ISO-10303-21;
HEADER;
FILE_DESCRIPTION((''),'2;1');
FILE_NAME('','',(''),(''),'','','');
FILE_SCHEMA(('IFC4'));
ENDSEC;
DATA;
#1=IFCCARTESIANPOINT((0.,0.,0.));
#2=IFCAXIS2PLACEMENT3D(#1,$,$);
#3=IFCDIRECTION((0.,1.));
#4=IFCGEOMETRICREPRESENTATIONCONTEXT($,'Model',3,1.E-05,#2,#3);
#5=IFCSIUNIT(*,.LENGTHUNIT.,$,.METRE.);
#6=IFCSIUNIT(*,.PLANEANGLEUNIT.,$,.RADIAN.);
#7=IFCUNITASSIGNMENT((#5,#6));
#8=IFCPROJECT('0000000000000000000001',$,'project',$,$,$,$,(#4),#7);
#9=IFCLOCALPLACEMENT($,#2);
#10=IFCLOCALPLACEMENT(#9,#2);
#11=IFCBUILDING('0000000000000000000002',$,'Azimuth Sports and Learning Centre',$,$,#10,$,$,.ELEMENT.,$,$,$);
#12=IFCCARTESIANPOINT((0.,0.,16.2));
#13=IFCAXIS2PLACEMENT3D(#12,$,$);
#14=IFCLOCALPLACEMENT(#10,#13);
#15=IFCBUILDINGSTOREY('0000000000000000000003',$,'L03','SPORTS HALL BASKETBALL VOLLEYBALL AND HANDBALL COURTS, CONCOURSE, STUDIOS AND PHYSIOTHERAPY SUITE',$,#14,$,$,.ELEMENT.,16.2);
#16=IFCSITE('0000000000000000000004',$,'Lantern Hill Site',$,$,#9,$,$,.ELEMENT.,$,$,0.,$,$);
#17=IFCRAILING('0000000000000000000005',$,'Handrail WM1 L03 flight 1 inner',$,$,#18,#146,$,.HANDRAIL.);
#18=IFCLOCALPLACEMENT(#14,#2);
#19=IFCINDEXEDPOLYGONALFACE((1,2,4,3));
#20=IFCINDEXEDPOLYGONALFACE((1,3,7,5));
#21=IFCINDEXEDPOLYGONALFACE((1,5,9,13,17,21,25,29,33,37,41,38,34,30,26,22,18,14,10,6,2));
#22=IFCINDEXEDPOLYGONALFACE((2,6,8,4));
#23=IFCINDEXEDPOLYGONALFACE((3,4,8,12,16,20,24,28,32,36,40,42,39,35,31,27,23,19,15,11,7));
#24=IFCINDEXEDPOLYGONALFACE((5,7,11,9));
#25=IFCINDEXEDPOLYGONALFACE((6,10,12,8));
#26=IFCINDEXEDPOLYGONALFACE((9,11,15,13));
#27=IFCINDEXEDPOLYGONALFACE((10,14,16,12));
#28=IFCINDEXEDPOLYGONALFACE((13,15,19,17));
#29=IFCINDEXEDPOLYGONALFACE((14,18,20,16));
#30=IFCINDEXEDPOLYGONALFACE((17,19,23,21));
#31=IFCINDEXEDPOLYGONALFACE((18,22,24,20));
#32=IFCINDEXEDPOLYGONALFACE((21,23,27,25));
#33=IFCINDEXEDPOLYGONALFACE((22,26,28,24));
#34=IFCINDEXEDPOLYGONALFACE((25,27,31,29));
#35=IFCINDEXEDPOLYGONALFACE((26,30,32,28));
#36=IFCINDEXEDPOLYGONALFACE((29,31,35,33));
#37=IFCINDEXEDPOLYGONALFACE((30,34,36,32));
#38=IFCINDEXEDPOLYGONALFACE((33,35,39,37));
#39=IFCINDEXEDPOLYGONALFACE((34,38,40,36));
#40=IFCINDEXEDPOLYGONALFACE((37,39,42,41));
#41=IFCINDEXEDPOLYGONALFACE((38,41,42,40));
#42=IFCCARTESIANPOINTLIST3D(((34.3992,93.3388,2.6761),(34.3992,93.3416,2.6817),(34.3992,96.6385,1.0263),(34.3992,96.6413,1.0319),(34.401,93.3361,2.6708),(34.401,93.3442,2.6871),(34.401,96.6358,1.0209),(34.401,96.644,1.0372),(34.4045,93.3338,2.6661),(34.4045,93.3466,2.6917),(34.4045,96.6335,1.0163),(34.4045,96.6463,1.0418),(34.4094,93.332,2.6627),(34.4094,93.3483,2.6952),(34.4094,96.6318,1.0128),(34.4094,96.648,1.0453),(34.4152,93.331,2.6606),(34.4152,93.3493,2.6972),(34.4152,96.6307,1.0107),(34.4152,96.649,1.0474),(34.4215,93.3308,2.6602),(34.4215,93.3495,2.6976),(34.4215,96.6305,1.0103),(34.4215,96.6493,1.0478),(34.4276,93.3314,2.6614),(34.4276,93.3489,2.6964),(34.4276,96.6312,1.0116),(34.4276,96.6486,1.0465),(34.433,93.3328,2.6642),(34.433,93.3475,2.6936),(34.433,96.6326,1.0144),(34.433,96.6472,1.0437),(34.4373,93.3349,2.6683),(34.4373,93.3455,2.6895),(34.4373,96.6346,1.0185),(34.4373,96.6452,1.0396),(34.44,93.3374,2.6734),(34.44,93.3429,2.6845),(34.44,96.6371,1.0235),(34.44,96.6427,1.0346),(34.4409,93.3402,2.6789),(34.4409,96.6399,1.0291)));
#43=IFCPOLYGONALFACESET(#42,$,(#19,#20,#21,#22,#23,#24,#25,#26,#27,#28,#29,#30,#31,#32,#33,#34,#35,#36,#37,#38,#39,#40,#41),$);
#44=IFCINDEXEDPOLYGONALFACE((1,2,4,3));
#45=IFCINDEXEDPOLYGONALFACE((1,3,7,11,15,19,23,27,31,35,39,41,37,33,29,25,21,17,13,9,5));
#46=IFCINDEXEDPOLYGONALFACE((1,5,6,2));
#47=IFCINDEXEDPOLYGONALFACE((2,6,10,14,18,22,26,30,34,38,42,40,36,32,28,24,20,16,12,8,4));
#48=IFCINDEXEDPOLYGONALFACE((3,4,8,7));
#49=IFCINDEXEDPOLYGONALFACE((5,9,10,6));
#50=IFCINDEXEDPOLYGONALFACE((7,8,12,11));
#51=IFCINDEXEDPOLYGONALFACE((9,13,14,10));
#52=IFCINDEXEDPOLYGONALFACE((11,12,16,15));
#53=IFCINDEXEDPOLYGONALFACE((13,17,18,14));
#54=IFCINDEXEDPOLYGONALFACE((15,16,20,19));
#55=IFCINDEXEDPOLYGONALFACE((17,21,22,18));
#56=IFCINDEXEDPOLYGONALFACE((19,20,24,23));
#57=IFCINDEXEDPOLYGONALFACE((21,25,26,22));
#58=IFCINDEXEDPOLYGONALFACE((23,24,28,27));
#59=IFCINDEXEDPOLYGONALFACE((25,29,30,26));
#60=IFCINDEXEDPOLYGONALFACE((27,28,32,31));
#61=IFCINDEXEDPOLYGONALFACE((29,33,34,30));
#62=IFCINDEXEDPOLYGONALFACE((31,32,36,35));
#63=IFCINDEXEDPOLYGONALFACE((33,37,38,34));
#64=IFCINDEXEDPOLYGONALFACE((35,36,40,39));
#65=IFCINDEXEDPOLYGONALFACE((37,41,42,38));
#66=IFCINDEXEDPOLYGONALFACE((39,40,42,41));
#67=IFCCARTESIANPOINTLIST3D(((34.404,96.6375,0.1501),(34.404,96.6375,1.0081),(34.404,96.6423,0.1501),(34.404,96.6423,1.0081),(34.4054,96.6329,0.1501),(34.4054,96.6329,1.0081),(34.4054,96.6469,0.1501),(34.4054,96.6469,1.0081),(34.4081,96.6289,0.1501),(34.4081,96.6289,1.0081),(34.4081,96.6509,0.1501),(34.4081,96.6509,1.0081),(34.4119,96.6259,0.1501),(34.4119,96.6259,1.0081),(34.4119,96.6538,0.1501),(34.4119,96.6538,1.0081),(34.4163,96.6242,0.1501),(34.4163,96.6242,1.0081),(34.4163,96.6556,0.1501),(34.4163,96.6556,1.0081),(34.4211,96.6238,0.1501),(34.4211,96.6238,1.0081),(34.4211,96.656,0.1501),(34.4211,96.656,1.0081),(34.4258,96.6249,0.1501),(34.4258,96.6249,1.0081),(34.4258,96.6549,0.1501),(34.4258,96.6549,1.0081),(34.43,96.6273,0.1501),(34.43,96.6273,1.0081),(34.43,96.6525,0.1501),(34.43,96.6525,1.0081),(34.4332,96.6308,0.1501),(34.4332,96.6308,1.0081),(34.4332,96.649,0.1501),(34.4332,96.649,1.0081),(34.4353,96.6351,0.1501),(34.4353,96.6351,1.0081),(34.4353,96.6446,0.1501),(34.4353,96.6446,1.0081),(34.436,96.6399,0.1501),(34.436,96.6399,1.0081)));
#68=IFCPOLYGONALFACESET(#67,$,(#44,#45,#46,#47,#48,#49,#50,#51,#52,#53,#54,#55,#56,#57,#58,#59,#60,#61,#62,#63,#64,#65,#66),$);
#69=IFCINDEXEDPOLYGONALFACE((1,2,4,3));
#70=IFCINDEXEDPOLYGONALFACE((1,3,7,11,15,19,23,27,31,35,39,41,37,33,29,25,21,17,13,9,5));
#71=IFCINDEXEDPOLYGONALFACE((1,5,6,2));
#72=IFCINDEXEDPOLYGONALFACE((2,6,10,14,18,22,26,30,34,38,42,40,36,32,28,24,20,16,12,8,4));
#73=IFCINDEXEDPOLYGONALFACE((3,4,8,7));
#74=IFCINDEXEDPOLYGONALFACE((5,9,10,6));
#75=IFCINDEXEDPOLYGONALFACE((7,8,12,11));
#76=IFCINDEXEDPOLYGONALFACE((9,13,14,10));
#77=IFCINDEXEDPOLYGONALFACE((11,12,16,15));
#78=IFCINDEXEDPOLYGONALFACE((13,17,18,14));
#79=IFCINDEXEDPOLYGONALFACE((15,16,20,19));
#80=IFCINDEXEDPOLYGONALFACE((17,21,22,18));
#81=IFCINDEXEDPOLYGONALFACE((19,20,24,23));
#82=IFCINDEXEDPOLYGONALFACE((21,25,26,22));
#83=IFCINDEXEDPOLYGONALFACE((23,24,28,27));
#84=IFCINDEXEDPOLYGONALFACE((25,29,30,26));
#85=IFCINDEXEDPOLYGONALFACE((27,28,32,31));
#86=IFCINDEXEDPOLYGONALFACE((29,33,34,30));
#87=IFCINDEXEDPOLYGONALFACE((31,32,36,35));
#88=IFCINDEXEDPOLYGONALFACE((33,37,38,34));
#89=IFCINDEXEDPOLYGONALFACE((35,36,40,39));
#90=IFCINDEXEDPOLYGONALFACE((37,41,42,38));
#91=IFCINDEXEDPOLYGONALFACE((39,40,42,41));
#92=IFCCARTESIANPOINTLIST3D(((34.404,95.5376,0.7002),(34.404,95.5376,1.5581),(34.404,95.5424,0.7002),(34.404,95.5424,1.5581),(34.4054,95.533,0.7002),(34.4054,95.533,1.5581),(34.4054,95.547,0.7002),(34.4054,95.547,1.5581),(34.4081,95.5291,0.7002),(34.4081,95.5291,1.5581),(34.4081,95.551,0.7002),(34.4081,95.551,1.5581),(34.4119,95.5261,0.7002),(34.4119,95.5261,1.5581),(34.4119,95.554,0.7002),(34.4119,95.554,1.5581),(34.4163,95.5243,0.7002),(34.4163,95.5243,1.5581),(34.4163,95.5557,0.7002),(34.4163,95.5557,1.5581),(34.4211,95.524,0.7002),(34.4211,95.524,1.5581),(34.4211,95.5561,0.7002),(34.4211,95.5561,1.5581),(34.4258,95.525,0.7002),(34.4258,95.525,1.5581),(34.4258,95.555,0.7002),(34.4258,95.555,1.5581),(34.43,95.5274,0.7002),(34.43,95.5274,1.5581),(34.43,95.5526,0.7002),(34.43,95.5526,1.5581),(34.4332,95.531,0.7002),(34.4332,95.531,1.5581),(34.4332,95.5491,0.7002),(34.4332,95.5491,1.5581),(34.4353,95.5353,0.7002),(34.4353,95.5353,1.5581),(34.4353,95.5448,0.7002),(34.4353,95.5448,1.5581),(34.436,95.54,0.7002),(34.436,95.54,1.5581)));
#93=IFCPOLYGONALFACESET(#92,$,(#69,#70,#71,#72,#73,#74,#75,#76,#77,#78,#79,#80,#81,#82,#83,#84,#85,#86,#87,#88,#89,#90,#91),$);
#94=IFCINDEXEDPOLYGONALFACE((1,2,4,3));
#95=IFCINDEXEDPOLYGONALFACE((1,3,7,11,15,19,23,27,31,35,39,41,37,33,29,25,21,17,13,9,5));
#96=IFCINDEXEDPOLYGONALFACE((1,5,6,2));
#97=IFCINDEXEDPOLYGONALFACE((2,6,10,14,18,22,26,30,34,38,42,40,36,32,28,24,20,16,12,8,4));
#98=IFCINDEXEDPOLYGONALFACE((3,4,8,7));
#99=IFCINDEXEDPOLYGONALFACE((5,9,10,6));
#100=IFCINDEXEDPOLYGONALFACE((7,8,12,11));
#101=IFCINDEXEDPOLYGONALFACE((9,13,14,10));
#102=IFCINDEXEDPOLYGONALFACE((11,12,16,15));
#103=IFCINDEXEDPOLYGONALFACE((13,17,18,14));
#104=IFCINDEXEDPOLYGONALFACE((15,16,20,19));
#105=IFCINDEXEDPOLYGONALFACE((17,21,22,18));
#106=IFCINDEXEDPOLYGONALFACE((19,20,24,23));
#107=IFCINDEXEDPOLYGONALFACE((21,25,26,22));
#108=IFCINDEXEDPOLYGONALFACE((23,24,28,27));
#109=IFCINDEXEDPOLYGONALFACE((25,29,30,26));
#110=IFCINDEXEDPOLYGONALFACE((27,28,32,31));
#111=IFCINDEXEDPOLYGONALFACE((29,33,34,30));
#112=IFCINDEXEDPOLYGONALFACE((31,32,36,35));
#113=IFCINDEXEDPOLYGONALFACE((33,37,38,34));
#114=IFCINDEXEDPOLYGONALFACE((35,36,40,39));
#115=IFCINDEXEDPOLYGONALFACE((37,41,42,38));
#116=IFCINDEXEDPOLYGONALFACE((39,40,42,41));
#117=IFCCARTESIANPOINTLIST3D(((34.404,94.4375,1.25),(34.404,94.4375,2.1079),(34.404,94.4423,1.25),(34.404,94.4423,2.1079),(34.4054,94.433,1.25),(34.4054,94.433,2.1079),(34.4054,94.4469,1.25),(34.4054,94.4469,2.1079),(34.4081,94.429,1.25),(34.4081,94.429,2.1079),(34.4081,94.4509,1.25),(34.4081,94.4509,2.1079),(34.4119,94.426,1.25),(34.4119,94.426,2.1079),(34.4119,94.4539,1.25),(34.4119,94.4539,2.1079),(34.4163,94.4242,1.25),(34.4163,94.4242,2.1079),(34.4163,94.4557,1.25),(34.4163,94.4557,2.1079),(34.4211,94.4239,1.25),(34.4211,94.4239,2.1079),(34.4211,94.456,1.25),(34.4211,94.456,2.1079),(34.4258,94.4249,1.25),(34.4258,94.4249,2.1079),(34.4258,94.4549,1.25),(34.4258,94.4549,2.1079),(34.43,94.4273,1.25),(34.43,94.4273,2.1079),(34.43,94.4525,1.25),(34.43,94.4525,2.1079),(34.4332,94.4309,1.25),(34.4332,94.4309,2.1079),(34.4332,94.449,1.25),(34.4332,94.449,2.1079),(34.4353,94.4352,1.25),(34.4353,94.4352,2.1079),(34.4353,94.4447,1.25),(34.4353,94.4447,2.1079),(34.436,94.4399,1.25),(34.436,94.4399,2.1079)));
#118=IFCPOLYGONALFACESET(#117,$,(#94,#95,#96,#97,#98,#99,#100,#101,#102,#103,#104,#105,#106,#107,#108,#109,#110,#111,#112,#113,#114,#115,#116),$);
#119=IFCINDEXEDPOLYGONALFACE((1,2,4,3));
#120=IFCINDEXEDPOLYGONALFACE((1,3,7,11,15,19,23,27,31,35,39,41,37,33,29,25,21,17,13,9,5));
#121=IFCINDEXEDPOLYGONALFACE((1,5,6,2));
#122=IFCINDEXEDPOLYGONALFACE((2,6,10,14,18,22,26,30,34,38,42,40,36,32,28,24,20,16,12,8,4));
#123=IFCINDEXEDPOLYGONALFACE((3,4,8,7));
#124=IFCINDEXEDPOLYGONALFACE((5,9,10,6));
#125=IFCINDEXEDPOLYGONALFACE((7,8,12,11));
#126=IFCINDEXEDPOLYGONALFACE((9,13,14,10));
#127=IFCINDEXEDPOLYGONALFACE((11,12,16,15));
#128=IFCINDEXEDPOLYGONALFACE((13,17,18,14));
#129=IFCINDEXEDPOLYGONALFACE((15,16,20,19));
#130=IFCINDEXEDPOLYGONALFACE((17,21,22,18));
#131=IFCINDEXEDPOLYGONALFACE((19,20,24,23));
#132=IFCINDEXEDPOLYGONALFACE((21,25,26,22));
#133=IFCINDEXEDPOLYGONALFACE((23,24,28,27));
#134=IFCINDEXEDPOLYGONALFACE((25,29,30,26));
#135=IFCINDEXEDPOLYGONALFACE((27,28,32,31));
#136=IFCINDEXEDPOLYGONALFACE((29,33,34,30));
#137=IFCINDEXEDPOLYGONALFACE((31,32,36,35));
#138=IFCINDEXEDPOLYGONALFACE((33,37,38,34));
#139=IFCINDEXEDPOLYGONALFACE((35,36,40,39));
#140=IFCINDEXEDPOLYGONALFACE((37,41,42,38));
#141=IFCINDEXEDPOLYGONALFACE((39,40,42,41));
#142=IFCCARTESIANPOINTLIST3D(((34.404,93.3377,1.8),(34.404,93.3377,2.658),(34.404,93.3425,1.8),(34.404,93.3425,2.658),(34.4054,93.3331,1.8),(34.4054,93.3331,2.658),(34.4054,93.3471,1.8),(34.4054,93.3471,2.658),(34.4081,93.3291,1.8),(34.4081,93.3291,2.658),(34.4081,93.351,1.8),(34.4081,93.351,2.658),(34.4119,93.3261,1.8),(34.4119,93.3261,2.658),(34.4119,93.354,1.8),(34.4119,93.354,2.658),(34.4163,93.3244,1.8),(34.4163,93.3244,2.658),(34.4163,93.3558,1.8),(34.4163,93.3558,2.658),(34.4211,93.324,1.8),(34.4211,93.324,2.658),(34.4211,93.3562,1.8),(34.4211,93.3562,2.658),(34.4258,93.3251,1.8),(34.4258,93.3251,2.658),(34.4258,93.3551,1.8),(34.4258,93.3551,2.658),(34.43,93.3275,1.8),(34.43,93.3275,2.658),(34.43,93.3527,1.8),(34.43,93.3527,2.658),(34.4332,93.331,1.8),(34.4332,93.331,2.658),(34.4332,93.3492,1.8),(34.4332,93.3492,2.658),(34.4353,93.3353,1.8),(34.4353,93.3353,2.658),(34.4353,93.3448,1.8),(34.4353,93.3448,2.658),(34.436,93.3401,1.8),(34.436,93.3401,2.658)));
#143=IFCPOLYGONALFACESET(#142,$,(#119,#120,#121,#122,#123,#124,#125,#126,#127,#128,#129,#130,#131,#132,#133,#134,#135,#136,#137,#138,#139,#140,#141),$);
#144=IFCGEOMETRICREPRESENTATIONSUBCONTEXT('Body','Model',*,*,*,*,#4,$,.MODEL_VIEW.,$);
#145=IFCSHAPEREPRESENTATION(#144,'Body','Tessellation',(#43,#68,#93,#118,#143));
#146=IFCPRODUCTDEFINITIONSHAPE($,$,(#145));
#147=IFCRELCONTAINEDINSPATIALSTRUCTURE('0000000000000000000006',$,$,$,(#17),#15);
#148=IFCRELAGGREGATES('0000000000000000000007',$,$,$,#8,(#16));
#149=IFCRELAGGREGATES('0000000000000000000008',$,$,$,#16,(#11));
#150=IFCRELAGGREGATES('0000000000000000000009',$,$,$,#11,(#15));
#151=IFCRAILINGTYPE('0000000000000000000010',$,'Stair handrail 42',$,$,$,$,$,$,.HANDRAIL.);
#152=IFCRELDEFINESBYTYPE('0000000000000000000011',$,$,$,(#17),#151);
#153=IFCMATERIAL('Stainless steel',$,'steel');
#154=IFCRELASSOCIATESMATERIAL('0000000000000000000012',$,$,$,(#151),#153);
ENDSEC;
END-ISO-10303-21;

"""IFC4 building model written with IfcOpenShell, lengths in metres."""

from ifc_helpers import new_model, si_unit, direction, frame, origin, origin_2d, place, context, subcontext, project, spatial, circle, extrude, material, type_object, element, save


model = new_model("IFC4")

# Units and contexts
model_context = context("Model", 3, precision=1e-05, world=origin(), true_north=direction((0.0, 1.0)))
body_context = subcontext(model_context, "Body", "Model", "MODEL_VIEW")
ifc_project = project(units=[si_unit("LENGTHUNIT", "METRE"), si_unit("PLANEANGLEUNIT", "RADIAN")], contexts=[model_context])

# Site, building, storey
site_placement = place(None, origin())
site = spatial("IfcSite", under=ifc_project, at=site_placement, Name="Lantern Hill Site", CompositionType="ELEMENT", RefElevation=0.0)
building_placement = place(site_placement, origin())
building = spatial("IfcBuilding", under=site, at=building_placement, Name="Azimuth Sports and Learning Centre", CompositionType="ELEMENT")
storey_placement = place(building_placement, frame((0.0, 0.0, 16.2)))
storey = spatial("IfcBuildingStorey", under=building, at=storey_placement, Name="L03", Description="SPORTS HALL BASKETBALL VOLLEYBALL AND HANDBALL COURTS, CONCOURSE, STUDIOS AND PHYSIOTHERAPY SUITE", CompositionType="ELEMENT", Elevation=16.2)

# Railing
ifc_material_1 = material(Name="Stainless steel", Category="steel")
railing_type_1 = type_object("IfcRailingType", Name="Stair handrail 42", PredefinedType="HANDRAIL", material=ifc_material_1)
for number, where, name in (
    (1, (34.4199, 96.6399, 0.1501), "Handrail WM1 L03 flight 1 inner"),
):
    element("IfcRailing", number, at=place(storey_placement, frame(where)), inside=storey, type_object=railing_type_1, Name=name, PredefinedType="HANDRAIL", context=body_context, shape_type="SweptSolid", body=[
        extrude(circle(Radius=0.021, at=origin_2d()), frame((0.0, 0.0, 0.8789), z_axis=(0.0, -0.894427, 0.447214), x_axis=(1.0, 0.0, 0.0)), (0.0, 0.0, 1.0), 3.6892),
        extrude(circle(Radius=0.0161, at=origin_2d()), origin(), (0.0, 0.0, 1.0), 0.8579),
        extrude(circle(Radius=0.0161, at=origin_2d()), frame((0.0, -1.0999, 0.55)), (0.0, 0.0, 1.0), 0.8579),
        extrude(circle(Radius=0.0161, at=origin_2d()), frame((0.0, -2.2, 1.0999)), (0.0, 0.0, 1.0), 0.8579),
        extrude(circle(Radius=0.0161, at=origin_2d()), frame((0.0, -3.2998, 1.6499)), (0.0, 0.0, 1.0), 0.8579),
    ])

save(model, "model.ifc")
